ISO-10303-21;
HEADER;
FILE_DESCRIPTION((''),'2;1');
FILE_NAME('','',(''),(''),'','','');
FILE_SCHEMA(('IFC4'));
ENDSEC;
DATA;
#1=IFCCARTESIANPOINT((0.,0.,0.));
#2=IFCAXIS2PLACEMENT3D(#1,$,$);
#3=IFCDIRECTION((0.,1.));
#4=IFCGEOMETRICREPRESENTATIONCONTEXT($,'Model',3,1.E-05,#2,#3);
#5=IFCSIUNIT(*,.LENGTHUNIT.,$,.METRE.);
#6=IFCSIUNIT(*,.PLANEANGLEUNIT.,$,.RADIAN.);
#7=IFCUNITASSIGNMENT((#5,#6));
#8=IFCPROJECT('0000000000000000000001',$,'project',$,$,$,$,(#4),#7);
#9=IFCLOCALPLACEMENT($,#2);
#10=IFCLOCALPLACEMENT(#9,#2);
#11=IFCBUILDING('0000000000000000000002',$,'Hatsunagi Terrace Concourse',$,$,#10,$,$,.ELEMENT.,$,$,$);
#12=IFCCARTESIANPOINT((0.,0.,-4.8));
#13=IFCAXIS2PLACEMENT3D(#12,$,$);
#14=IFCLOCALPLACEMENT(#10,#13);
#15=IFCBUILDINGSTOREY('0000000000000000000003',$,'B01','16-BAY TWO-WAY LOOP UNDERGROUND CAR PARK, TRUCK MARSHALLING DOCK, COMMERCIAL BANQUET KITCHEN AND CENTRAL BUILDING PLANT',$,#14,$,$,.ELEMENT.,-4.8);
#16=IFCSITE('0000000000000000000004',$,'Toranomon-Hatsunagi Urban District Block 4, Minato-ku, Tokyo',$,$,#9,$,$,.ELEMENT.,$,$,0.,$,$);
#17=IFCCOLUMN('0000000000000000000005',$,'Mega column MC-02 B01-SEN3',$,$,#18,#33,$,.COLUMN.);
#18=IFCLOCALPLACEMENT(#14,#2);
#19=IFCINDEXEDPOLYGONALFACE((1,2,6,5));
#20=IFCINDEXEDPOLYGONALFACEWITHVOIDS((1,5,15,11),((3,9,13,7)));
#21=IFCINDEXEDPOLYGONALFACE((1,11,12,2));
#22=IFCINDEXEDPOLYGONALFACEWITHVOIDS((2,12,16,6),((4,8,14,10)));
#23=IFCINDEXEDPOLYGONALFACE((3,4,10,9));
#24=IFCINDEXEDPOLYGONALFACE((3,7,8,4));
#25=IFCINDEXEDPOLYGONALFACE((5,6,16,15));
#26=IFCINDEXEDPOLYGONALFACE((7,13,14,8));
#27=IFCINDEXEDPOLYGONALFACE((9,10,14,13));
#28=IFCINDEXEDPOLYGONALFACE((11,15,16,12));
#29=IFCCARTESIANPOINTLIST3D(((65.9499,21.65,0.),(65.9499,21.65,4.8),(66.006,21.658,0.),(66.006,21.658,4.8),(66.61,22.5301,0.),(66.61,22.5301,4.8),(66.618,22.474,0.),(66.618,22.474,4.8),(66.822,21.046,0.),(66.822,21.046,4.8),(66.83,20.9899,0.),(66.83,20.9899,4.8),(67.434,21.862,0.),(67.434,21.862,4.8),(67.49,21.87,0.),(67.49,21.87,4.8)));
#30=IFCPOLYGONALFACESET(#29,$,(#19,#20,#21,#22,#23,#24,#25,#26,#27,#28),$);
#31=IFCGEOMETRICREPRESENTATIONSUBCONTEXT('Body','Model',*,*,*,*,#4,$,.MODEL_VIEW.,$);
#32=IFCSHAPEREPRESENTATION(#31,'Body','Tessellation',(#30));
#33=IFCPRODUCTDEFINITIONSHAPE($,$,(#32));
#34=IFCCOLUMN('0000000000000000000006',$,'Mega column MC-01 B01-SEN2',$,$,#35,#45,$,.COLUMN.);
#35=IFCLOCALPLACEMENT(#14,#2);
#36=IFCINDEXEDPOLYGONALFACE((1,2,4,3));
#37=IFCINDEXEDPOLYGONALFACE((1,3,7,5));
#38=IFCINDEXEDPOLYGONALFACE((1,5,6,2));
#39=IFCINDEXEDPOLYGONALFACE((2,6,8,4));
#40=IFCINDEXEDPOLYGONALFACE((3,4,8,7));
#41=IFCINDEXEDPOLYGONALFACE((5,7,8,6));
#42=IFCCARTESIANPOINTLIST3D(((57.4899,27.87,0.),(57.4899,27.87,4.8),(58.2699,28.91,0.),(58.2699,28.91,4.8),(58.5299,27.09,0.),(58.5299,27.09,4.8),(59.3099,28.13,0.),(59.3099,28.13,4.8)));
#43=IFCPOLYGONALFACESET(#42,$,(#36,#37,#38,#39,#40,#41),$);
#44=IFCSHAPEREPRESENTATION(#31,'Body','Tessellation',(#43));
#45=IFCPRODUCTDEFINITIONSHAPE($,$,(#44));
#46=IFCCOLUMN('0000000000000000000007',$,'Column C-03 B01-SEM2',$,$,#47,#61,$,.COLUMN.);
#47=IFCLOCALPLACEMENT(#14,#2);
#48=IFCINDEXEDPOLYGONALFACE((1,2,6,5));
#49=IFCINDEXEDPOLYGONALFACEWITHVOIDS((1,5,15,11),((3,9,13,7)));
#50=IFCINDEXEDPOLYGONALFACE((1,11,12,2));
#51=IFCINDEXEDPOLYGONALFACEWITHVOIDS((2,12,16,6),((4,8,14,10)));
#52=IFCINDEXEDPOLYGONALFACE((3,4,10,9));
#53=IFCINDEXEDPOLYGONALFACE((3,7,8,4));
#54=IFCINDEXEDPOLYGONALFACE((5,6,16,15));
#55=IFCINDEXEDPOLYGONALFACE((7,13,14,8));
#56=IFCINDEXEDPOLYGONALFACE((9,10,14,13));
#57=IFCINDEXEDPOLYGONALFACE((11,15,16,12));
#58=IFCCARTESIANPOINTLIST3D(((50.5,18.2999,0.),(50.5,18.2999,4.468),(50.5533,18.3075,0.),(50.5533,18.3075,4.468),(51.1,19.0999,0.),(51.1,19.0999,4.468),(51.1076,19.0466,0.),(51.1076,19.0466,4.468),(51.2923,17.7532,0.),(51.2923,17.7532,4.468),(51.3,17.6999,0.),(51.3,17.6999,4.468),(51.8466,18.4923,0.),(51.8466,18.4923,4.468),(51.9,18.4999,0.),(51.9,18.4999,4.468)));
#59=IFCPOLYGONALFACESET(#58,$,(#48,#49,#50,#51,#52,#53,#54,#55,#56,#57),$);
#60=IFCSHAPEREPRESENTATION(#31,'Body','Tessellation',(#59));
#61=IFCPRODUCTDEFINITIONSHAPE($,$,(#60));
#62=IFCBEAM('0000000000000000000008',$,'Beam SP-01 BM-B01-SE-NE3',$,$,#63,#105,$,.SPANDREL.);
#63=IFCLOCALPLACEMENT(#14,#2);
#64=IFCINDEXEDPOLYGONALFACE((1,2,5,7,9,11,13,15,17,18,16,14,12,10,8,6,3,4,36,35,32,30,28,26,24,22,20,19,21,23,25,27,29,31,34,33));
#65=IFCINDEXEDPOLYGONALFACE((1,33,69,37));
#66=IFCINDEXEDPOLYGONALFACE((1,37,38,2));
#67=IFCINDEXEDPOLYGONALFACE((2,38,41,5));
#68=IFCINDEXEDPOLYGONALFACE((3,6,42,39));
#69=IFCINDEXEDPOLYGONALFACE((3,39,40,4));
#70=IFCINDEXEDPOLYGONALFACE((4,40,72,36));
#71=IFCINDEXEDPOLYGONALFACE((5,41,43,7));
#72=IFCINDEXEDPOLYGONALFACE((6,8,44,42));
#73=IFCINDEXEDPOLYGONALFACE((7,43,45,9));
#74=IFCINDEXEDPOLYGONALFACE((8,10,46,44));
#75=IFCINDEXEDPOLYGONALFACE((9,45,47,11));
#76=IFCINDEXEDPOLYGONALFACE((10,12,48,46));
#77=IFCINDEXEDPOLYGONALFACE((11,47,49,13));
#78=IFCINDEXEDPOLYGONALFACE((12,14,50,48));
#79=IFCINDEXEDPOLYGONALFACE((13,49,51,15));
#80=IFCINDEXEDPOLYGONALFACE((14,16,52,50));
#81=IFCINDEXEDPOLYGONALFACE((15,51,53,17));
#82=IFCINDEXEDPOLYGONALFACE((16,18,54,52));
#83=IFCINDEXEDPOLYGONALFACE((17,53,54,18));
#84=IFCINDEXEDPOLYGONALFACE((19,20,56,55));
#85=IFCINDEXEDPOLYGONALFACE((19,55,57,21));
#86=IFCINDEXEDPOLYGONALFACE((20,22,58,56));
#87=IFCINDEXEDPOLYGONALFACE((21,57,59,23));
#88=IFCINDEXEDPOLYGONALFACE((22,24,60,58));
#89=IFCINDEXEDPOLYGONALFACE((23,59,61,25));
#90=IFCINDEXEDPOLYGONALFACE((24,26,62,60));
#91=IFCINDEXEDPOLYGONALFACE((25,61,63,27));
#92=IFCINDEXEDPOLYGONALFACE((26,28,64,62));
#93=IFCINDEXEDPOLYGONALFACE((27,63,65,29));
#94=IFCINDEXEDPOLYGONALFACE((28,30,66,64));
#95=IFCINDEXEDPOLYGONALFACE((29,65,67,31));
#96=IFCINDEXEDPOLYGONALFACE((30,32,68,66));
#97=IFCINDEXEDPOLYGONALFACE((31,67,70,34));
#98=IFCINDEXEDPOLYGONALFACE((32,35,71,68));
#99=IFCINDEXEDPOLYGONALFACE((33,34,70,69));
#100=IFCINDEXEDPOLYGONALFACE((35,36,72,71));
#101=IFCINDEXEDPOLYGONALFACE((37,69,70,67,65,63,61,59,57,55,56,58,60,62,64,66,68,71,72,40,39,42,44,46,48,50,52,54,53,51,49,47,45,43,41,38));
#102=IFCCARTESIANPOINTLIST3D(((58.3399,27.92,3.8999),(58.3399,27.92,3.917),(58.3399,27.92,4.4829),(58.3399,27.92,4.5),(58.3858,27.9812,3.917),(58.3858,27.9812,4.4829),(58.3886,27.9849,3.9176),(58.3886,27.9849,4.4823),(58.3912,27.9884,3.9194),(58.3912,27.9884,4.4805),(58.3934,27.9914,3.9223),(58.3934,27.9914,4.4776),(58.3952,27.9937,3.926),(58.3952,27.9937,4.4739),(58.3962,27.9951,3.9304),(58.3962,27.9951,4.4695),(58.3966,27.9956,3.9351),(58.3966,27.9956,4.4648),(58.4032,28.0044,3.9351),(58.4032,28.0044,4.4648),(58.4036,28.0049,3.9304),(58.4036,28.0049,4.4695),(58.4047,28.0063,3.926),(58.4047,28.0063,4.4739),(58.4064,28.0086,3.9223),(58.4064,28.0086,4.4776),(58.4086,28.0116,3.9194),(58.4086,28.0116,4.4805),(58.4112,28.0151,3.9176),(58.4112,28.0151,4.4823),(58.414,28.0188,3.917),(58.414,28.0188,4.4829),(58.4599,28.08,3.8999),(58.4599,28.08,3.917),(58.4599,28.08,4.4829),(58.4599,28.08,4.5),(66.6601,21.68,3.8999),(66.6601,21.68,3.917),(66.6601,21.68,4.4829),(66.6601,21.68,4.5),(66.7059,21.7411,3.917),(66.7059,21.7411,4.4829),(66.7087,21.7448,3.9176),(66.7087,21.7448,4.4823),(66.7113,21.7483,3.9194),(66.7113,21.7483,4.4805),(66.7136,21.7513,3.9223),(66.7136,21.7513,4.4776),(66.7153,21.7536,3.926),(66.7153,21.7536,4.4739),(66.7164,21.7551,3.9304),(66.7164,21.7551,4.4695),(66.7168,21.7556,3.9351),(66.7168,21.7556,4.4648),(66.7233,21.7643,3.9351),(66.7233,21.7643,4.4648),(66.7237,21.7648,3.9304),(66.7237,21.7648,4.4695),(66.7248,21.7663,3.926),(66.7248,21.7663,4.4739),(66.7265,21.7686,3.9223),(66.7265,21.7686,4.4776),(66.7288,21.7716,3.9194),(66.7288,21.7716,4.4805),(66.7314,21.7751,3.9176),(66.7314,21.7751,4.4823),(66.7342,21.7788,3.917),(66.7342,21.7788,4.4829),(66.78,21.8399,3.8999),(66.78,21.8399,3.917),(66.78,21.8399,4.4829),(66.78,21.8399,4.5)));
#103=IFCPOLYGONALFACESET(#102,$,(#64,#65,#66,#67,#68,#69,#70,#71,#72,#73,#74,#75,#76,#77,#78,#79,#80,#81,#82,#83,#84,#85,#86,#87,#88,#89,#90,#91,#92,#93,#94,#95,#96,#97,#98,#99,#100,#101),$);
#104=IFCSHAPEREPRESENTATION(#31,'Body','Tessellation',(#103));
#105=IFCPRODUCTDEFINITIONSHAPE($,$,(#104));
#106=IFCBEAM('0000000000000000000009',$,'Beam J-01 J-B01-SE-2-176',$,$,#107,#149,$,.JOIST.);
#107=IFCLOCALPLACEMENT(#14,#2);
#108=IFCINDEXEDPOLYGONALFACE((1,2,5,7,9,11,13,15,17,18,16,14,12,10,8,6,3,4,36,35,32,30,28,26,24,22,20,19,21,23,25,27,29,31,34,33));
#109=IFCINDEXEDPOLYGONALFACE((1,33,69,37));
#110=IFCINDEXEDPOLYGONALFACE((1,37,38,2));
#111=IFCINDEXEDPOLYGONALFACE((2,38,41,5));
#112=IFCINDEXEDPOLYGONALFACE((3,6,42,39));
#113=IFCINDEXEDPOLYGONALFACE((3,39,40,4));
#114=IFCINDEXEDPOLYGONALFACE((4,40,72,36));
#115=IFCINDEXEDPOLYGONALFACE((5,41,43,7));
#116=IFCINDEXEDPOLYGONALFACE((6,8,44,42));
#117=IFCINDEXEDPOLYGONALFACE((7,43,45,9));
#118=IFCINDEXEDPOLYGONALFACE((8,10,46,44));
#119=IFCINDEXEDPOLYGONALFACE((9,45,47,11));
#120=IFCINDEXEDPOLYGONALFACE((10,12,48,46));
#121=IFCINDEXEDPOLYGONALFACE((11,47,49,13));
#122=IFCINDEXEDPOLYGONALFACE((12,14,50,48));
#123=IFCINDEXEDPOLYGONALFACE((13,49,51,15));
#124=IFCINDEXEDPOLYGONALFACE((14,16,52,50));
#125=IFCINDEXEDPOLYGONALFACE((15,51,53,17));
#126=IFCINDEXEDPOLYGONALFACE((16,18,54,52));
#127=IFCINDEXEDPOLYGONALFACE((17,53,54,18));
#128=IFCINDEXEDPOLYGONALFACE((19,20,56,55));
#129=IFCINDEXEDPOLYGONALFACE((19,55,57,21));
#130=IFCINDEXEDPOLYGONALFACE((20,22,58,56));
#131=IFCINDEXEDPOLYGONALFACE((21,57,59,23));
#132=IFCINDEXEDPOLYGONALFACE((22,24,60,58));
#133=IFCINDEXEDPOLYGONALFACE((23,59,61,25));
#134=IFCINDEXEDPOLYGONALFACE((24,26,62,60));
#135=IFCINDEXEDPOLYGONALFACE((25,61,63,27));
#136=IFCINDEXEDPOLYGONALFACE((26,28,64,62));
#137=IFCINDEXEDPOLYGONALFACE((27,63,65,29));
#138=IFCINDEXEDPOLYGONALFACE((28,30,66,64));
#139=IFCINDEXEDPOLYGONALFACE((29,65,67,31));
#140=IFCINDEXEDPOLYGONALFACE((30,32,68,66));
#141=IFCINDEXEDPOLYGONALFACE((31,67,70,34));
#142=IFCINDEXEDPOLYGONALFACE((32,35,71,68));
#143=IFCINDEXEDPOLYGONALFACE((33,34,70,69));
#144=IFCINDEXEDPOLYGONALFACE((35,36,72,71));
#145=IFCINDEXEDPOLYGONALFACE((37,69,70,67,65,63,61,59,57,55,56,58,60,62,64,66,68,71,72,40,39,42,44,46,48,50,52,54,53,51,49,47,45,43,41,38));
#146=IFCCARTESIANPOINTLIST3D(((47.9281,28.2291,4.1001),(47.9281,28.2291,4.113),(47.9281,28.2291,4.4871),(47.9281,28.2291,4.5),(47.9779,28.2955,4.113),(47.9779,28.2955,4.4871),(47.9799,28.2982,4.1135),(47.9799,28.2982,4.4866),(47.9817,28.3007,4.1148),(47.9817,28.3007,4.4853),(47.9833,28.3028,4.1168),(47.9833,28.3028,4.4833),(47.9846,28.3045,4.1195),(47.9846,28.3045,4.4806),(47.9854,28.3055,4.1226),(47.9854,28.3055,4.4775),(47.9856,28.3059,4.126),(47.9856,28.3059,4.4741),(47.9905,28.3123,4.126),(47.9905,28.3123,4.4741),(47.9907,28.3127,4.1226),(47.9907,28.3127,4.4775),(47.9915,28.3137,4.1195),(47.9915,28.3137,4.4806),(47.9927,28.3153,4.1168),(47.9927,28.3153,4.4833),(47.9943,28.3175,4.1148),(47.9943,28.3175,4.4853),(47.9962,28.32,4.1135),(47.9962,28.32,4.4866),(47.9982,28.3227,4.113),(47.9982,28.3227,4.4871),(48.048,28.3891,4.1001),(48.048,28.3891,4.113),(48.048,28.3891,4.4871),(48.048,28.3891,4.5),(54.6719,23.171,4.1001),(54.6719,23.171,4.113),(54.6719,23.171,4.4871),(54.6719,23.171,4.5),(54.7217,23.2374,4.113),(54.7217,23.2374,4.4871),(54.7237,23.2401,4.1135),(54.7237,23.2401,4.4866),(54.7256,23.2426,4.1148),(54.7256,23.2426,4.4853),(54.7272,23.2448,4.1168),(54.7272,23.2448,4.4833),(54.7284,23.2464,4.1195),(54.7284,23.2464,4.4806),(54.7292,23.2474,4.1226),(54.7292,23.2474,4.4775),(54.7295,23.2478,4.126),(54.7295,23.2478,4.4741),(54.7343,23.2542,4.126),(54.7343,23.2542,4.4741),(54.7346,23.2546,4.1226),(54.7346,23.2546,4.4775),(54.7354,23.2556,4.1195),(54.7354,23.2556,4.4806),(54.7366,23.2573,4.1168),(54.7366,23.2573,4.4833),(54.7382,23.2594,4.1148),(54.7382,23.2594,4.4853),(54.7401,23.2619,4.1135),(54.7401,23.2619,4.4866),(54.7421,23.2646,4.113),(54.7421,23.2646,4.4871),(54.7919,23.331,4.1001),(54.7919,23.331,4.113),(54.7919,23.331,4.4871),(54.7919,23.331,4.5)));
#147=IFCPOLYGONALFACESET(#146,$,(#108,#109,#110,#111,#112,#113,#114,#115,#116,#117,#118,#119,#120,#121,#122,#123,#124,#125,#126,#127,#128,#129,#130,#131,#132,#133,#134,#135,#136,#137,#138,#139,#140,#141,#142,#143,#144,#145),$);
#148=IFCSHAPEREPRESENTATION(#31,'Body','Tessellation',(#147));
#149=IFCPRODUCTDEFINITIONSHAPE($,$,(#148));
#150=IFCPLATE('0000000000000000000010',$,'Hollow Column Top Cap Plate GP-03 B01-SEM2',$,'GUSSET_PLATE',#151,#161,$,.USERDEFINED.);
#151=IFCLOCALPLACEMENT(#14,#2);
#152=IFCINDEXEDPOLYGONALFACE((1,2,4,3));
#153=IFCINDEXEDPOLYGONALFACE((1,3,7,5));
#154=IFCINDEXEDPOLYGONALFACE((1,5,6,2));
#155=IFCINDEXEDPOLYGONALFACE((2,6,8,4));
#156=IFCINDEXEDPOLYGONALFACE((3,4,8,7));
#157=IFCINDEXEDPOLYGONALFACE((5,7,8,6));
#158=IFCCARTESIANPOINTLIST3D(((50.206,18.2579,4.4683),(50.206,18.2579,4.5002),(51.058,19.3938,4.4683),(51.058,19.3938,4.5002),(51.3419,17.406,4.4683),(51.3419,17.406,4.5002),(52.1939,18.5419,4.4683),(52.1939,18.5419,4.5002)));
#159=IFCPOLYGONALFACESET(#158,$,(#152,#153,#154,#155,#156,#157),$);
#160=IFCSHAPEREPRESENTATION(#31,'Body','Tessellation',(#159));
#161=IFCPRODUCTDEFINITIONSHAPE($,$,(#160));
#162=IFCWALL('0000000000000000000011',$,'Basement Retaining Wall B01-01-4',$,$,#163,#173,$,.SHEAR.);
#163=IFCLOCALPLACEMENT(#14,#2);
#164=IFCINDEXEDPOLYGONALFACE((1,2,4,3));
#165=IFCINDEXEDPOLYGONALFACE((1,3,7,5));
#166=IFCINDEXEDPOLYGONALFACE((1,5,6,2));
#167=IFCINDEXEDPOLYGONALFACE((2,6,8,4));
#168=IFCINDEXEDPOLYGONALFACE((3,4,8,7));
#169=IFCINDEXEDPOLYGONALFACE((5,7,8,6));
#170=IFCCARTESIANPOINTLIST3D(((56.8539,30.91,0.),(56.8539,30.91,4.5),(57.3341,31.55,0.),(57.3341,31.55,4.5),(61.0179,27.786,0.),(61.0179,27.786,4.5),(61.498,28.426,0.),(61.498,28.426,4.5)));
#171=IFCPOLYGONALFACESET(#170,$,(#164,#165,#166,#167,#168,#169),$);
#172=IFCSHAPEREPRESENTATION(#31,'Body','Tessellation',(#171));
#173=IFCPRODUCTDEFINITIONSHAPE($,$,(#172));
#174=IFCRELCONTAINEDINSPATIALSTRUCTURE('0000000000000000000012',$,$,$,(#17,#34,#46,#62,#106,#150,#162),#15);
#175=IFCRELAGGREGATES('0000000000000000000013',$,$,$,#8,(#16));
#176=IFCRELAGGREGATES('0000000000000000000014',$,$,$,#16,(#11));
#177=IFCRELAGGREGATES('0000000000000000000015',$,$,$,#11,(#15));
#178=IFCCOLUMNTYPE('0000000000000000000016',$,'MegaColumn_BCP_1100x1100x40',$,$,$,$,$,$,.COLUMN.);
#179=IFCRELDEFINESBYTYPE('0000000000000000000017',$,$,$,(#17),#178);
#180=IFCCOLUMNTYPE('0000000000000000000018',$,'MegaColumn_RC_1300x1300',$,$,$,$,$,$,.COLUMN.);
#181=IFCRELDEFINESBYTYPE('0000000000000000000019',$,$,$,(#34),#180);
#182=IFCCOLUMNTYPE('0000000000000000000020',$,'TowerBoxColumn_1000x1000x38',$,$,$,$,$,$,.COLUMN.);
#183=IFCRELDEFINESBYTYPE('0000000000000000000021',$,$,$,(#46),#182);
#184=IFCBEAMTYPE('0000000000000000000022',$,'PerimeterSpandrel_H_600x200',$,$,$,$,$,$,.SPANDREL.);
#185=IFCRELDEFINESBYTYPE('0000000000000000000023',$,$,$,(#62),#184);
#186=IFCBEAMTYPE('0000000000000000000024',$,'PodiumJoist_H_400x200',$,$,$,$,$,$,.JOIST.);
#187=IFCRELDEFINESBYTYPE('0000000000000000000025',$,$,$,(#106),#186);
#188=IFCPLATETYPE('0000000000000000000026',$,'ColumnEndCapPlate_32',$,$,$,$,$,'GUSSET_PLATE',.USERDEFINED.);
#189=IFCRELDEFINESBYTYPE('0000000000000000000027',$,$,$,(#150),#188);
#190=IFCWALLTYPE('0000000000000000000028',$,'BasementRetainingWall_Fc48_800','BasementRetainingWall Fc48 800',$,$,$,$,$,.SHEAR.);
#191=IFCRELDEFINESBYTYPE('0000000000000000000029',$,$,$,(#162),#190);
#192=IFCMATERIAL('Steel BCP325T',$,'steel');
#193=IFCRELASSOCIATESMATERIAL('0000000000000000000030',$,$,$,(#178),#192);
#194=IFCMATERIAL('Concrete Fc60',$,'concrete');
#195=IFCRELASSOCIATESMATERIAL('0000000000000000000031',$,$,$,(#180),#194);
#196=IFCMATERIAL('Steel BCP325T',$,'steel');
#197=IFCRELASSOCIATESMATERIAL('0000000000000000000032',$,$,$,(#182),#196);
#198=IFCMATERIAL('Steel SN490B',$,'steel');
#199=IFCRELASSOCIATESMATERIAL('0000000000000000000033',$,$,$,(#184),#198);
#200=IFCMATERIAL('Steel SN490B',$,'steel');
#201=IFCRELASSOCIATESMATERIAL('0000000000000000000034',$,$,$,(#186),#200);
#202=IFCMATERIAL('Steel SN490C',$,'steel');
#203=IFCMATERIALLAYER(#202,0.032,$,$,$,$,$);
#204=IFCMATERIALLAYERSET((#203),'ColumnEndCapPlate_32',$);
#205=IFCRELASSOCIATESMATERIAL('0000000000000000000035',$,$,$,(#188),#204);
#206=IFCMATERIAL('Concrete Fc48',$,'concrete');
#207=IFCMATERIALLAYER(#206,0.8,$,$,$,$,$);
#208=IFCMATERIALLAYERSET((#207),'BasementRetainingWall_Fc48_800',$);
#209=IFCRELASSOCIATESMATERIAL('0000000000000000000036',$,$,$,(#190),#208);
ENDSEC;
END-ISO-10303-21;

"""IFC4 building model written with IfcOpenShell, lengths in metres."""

from ifc_helpers import new_model, si_unit, direction, frame, frame_2d, origin, origin_2d, place, context, subcontext, project, spatial, rectangle, hollow_rectangle, i_section, extrude, material, layer, layer_set, material_profile, profile_set, type_object, element, save


model = new_model("IFC4")

# Units and contexts
model_context = context("Model", 3, precision=1e-05, world=origin(), true_north=direction((0.0, 1.0)))
body_context = subcontext(model_context, "Body", "Model", "MODEL_VIEW")
ifc_project = project(units=[si_unit("LENGTHUNIT", "METRE"), si_unit("PLANEANGLEUNIT", "RADIAN")], contexts=[model_context])

# Site, building, storey
site_placement = place(None, origin())
site = spatial("IfcSite", under=ifc_project, at=site_placement, Name="Toranomon-Hatsunagi Urban District Block 4, Minato-ku, Tokyo", CompositionType="ELEMENT", RefElevation=0.0)
building_placement = place(site_placement, origin())
building = spatial("IfcBuilding", under=site, at=building_placement, Name="Hatsunagi Terrace Concourse", CompositionType="ELEMENT")
storey_placement = place(building_placement, frame((0.0, 0.0, -4.8)))
storey = spatial("IfcBuildingStorey", under=building, at=storey_placement, Name="B01", Description="16-BAY TWO-WAY LOOP UNDERGROUND CAR PARK, TRUCK MARSHALLING DOCK, COMMERCIAL BANQUET KITCHEN AND CENTRAL BUILDING PLANT", CompositionType="ELEMENT", Elevation=-4.8)

# Columns
ifc_material_1 = material(Name="Steel BCP325T", Category="steel")
ifc_material_profile_1 = material_profile(ifc_material_1, hollow_rectangle(XDim=1.1001, YDim=1.1001, WallThickness=0.04, at=origin_2d()), Name="BCP-1100x1100x40")
ifc_profile_set_1 = profile_set([ifc_material_profile_1], Name="Steel BCP325T")
column_type_1 = type_object("IfcColumnType", Name="MegaColumn_BCP_1100x1100x40", PredefinedType="COLUMN", material=ifc_profile_set_1)
column_1_placement = place(storey_placement, frame((66.72, 21.76, 0.0), z_axis=(0.0, 0.0, 1.0), x_axis=(0.8, -0.6, 0.0)))
element("IfcColumn", 1, at=column_1_placement, inside=storey, type_object=column_type_1, Name="Mega column MC-02 B01-SEN3", PredefinedType="COLUMN", context=body_context, shape_type="SweptSolid", body=[
    extrude(hollow_rectangle(XDim=1.1001, YDim=1.1001, WallThickness=0.04, at=origin_2d()), origin(), (0.0, 0.0, 1.0), 4.8),
])
ifc_material_2 = material(Name="Concrete Fc60", Category="concrete")
ifc_material_profile_2 = material_profile(ifc_material_2, rectangle(XDim=1.3, YDim=1.3, at=origin_2d()), Name="RC-1300x1300")
ifc_profile_set_2 = profile_set([ifc_material_profile_2], Name="Concrete Fc60")
column_type_2 = type_object("IfcColumnType", Name="MegaColumn_RC_1300x1300", PredefinedType="COLUMN", material=ifc_profile_set_2)
column_2_placement = place(storey_placement, frame((58.3999, 28.0, 0.0), z_axis=(0.0, 0.0, 1.0), x_axis=(0.8, -0.6, 0.0)))
element("IfcColumn", 2, at=column_2_placement, inside=storey, type_object=column_type_2, Name="Mega column MC-01 B01-SEN2", PredefinedType="COLUMN", context=body_context, shape_type="SweptSolid", body=[
    extrude(rectangle(XDim=1.3, YDim=1.3, at=origin_2d()), origin(), (0.0, 0.0, 1.0), 4.8),
])
ifc_material_3 = material(Name="Steel BCP325T", Category="steel")
ifc_material_profile_3 = material_profile(ifc_material_3, hollow_rectangle(XDim=1.0, YDim=1.0, WallThickness=0.0381, at=origin_2d()), Name="BCP-1000x1000x38")
ifc_profile_set_3 = profile_set([ifc_material_profile_3], Name="Steel BCP325T")
column_type_3 = type_object("IfcColumnType", Name="TowerBoxColumn_1000x1000x38", PredefinedType="COLUMN", material=ifc_profile_set_3)
column_3_placement = place(storey_placement, frame((51.2, 18.3999, 0.0), z_axis=(0.0, 0.0, 1.0), x_axis=(0.8, -0.6, 0.0)))
element("IfcColumn", 3, at=column_3_placement, inside=storey, type_object=column_type_3, Name="Column C-03 B01-SEM2", PredefinedType="COLUMN", context=body_context, shape_type="SweptSolid", body=[
    extrude(hollow_rectangle(XDim=1.0, YDim=1.0, WallThickness=0.0381, at=origin_2d()), origin(), (0.0, 0.0, 1.0), 4.468),
])

# Beams
ifc_material_4 = material(Name="Steel SN490B", Category="steel")
ifc_material_profile_4 = material_profile(ifc_material_4, i_section(OverallWidth=0.2, OverallDepth=0.6001, WebThickness=0.011, FlangeThickness=0.0171, FilletRadius=0.0181, at=origin_2d()), Name="H-600x200x11x17")
ifc_profile_set_4 = profile_set([ifc_material_profile_4], Name="Steel SN490B")
beam_type_1 = type_object("IfcBeamType", Name="PerimeterSpandrel_H_600x200", PredefinedType="SPANDREL", material=ifc_profile_set_4)
beam_1_placement = place(storey_placement, frame((58.3999, 28.0, 4.2), z_axis=(0.800003, -0.599996, 0.0), x_axis=(0.599996, 0.800003, 0.0)))
element("IfcBeam", 4, at=beam_1_placement, inside=storey, type_object=beam_type_1, Name="Beam SP-01 BM-B01-SE-NE3", PredefinedType="SPANDREL", context=body_context, shape_type="SweptSolid", body=[
    extrude(i_section(OverallWidth=0.2, OverallDepth=0.6001, WebThickness=0.011, FlangeThickness=0.0171, FilletRadius=0.0181, at=origin_2d()), origin(), (0.0, 0.0, 1.0), 10.4001),
])
ifc_material_5 = material(Name="Steel SN490B", Category="steel")
ifc_material_profile_5 = material_profile(ifc_material_5, i_section(OverallWidth=0.2, OverallDepth=0.3999, WebThickness=0.0081, FlangeThickness=0.0129, FilletRadius=0.0129, at=origin_2d()), Name="H-400x200x8x13")
ifc_profile_set_5 = profile_set([ifc_material_profile_5], Name="Steel SN490B")
beam_type_2 = type_object("IfcBeamType", Name="PodiumJoist_H_400x200", PredefinedType="JOIST", material=ifc_profile_set_5)
beam_2_placement = place(storey_placement, frame((47.988, 28.3091, 4.3), z_axis=(0.79999, -0.600014, 0.0), x_axis=(0.600014, 0.79999, 0.0)))
element("IfcBeam", 5, at=beam_2_placement, inside=storey, type_object=beam_type_2, Name="Beam J-01 J-B01-SE-2-176", PredefinedType="JOIST", context=body_context, shape_type="SweptSolid", body=[
    extrude(i_section(OverallWidth=0.2, OverallDepth=0.3999, WebThickness=0.0081, FlangeThickness=0.0129, FilletRadius=0.0129, at=origin_2d()), origin(), (0.0, 0.0, 1.0), 8.4299),
])

# Plate
ifc_material_6 = material(Name="Steel SN490C", Category="steel")
ifc_layer_1 = layer(ifc_material_6, 0.032)
ifc_layer_set_1 = layer_set([ifc_layer_1], Name="ColumnEndCapPlate_32")
plate_type = type_object("IfcPlateType", Name="ColumnEndCapPlate_32", ElementType="GUSSET_PLATE", PredefinedType="USERDEFINED", material=ifc_layer_set_1)
plate_placement = place(storey_placement, frame((51.2, 18.3999, 4.4683), z_axis=(0.0, 0.0, 1.0), x_axis=(0.8, -0.6, 0.0)))
element("IfcPlate", 6, at=plate_placement, inside=storey, type_object=plate_type, Name="Hollow Column Top Cap Plate GP-03 B01-SEM2", ObjectType="GUSSET_PLATE", PredefinedType="USERDEFINED", context=body_context, shape_type="SweptSolid", body=[
    extrude(rectangle(XDim=1.4199, YDim=1.4199, at=origin_2d()), origin(), (0.0, 0.0, 1.0), 0.032),
])

# Wall
ifc_material_7 = material(Name="Concrete Fc48", Category="concrete")
ifc_layer_2 = layer(ifc_material_7, 0.8)
ifc_layer_set_2 = layer_set([ifc_layer_2], Name="BasementRetainingWall_Fc48_800")
wall_type_1 = type_object("IfcWallType", Name="BasementRetainingWall_Fc48_800", Description="BasementRetainingWall Fc48 800", PredefinedType="SHEAR", material=ifc_layer_set_2)
wall_1_placement = place(storey_placement, frame((57.094, 31.23, 0.0), z_axis=(0.0, 0.0, 1.0), x_axis=(0.79991, -0.60012, 0.0)))
element("IfcWall", 7, at=wall_1_placement, inside=storey, type_object=wall_type_1, Name="Basement Retaining Wall B01-01-4", PredefinedType="SHEAR", context=body_context, shape_type="SweptSolid", body=[
    extrude(rectangle(XDim=5.2056, YDim=0.8, at=frame_2d((2.6028, 0.0))), origin(), (0.0, 0.0, 1.0), 4.5),
])

save(model, "model.ifc")
